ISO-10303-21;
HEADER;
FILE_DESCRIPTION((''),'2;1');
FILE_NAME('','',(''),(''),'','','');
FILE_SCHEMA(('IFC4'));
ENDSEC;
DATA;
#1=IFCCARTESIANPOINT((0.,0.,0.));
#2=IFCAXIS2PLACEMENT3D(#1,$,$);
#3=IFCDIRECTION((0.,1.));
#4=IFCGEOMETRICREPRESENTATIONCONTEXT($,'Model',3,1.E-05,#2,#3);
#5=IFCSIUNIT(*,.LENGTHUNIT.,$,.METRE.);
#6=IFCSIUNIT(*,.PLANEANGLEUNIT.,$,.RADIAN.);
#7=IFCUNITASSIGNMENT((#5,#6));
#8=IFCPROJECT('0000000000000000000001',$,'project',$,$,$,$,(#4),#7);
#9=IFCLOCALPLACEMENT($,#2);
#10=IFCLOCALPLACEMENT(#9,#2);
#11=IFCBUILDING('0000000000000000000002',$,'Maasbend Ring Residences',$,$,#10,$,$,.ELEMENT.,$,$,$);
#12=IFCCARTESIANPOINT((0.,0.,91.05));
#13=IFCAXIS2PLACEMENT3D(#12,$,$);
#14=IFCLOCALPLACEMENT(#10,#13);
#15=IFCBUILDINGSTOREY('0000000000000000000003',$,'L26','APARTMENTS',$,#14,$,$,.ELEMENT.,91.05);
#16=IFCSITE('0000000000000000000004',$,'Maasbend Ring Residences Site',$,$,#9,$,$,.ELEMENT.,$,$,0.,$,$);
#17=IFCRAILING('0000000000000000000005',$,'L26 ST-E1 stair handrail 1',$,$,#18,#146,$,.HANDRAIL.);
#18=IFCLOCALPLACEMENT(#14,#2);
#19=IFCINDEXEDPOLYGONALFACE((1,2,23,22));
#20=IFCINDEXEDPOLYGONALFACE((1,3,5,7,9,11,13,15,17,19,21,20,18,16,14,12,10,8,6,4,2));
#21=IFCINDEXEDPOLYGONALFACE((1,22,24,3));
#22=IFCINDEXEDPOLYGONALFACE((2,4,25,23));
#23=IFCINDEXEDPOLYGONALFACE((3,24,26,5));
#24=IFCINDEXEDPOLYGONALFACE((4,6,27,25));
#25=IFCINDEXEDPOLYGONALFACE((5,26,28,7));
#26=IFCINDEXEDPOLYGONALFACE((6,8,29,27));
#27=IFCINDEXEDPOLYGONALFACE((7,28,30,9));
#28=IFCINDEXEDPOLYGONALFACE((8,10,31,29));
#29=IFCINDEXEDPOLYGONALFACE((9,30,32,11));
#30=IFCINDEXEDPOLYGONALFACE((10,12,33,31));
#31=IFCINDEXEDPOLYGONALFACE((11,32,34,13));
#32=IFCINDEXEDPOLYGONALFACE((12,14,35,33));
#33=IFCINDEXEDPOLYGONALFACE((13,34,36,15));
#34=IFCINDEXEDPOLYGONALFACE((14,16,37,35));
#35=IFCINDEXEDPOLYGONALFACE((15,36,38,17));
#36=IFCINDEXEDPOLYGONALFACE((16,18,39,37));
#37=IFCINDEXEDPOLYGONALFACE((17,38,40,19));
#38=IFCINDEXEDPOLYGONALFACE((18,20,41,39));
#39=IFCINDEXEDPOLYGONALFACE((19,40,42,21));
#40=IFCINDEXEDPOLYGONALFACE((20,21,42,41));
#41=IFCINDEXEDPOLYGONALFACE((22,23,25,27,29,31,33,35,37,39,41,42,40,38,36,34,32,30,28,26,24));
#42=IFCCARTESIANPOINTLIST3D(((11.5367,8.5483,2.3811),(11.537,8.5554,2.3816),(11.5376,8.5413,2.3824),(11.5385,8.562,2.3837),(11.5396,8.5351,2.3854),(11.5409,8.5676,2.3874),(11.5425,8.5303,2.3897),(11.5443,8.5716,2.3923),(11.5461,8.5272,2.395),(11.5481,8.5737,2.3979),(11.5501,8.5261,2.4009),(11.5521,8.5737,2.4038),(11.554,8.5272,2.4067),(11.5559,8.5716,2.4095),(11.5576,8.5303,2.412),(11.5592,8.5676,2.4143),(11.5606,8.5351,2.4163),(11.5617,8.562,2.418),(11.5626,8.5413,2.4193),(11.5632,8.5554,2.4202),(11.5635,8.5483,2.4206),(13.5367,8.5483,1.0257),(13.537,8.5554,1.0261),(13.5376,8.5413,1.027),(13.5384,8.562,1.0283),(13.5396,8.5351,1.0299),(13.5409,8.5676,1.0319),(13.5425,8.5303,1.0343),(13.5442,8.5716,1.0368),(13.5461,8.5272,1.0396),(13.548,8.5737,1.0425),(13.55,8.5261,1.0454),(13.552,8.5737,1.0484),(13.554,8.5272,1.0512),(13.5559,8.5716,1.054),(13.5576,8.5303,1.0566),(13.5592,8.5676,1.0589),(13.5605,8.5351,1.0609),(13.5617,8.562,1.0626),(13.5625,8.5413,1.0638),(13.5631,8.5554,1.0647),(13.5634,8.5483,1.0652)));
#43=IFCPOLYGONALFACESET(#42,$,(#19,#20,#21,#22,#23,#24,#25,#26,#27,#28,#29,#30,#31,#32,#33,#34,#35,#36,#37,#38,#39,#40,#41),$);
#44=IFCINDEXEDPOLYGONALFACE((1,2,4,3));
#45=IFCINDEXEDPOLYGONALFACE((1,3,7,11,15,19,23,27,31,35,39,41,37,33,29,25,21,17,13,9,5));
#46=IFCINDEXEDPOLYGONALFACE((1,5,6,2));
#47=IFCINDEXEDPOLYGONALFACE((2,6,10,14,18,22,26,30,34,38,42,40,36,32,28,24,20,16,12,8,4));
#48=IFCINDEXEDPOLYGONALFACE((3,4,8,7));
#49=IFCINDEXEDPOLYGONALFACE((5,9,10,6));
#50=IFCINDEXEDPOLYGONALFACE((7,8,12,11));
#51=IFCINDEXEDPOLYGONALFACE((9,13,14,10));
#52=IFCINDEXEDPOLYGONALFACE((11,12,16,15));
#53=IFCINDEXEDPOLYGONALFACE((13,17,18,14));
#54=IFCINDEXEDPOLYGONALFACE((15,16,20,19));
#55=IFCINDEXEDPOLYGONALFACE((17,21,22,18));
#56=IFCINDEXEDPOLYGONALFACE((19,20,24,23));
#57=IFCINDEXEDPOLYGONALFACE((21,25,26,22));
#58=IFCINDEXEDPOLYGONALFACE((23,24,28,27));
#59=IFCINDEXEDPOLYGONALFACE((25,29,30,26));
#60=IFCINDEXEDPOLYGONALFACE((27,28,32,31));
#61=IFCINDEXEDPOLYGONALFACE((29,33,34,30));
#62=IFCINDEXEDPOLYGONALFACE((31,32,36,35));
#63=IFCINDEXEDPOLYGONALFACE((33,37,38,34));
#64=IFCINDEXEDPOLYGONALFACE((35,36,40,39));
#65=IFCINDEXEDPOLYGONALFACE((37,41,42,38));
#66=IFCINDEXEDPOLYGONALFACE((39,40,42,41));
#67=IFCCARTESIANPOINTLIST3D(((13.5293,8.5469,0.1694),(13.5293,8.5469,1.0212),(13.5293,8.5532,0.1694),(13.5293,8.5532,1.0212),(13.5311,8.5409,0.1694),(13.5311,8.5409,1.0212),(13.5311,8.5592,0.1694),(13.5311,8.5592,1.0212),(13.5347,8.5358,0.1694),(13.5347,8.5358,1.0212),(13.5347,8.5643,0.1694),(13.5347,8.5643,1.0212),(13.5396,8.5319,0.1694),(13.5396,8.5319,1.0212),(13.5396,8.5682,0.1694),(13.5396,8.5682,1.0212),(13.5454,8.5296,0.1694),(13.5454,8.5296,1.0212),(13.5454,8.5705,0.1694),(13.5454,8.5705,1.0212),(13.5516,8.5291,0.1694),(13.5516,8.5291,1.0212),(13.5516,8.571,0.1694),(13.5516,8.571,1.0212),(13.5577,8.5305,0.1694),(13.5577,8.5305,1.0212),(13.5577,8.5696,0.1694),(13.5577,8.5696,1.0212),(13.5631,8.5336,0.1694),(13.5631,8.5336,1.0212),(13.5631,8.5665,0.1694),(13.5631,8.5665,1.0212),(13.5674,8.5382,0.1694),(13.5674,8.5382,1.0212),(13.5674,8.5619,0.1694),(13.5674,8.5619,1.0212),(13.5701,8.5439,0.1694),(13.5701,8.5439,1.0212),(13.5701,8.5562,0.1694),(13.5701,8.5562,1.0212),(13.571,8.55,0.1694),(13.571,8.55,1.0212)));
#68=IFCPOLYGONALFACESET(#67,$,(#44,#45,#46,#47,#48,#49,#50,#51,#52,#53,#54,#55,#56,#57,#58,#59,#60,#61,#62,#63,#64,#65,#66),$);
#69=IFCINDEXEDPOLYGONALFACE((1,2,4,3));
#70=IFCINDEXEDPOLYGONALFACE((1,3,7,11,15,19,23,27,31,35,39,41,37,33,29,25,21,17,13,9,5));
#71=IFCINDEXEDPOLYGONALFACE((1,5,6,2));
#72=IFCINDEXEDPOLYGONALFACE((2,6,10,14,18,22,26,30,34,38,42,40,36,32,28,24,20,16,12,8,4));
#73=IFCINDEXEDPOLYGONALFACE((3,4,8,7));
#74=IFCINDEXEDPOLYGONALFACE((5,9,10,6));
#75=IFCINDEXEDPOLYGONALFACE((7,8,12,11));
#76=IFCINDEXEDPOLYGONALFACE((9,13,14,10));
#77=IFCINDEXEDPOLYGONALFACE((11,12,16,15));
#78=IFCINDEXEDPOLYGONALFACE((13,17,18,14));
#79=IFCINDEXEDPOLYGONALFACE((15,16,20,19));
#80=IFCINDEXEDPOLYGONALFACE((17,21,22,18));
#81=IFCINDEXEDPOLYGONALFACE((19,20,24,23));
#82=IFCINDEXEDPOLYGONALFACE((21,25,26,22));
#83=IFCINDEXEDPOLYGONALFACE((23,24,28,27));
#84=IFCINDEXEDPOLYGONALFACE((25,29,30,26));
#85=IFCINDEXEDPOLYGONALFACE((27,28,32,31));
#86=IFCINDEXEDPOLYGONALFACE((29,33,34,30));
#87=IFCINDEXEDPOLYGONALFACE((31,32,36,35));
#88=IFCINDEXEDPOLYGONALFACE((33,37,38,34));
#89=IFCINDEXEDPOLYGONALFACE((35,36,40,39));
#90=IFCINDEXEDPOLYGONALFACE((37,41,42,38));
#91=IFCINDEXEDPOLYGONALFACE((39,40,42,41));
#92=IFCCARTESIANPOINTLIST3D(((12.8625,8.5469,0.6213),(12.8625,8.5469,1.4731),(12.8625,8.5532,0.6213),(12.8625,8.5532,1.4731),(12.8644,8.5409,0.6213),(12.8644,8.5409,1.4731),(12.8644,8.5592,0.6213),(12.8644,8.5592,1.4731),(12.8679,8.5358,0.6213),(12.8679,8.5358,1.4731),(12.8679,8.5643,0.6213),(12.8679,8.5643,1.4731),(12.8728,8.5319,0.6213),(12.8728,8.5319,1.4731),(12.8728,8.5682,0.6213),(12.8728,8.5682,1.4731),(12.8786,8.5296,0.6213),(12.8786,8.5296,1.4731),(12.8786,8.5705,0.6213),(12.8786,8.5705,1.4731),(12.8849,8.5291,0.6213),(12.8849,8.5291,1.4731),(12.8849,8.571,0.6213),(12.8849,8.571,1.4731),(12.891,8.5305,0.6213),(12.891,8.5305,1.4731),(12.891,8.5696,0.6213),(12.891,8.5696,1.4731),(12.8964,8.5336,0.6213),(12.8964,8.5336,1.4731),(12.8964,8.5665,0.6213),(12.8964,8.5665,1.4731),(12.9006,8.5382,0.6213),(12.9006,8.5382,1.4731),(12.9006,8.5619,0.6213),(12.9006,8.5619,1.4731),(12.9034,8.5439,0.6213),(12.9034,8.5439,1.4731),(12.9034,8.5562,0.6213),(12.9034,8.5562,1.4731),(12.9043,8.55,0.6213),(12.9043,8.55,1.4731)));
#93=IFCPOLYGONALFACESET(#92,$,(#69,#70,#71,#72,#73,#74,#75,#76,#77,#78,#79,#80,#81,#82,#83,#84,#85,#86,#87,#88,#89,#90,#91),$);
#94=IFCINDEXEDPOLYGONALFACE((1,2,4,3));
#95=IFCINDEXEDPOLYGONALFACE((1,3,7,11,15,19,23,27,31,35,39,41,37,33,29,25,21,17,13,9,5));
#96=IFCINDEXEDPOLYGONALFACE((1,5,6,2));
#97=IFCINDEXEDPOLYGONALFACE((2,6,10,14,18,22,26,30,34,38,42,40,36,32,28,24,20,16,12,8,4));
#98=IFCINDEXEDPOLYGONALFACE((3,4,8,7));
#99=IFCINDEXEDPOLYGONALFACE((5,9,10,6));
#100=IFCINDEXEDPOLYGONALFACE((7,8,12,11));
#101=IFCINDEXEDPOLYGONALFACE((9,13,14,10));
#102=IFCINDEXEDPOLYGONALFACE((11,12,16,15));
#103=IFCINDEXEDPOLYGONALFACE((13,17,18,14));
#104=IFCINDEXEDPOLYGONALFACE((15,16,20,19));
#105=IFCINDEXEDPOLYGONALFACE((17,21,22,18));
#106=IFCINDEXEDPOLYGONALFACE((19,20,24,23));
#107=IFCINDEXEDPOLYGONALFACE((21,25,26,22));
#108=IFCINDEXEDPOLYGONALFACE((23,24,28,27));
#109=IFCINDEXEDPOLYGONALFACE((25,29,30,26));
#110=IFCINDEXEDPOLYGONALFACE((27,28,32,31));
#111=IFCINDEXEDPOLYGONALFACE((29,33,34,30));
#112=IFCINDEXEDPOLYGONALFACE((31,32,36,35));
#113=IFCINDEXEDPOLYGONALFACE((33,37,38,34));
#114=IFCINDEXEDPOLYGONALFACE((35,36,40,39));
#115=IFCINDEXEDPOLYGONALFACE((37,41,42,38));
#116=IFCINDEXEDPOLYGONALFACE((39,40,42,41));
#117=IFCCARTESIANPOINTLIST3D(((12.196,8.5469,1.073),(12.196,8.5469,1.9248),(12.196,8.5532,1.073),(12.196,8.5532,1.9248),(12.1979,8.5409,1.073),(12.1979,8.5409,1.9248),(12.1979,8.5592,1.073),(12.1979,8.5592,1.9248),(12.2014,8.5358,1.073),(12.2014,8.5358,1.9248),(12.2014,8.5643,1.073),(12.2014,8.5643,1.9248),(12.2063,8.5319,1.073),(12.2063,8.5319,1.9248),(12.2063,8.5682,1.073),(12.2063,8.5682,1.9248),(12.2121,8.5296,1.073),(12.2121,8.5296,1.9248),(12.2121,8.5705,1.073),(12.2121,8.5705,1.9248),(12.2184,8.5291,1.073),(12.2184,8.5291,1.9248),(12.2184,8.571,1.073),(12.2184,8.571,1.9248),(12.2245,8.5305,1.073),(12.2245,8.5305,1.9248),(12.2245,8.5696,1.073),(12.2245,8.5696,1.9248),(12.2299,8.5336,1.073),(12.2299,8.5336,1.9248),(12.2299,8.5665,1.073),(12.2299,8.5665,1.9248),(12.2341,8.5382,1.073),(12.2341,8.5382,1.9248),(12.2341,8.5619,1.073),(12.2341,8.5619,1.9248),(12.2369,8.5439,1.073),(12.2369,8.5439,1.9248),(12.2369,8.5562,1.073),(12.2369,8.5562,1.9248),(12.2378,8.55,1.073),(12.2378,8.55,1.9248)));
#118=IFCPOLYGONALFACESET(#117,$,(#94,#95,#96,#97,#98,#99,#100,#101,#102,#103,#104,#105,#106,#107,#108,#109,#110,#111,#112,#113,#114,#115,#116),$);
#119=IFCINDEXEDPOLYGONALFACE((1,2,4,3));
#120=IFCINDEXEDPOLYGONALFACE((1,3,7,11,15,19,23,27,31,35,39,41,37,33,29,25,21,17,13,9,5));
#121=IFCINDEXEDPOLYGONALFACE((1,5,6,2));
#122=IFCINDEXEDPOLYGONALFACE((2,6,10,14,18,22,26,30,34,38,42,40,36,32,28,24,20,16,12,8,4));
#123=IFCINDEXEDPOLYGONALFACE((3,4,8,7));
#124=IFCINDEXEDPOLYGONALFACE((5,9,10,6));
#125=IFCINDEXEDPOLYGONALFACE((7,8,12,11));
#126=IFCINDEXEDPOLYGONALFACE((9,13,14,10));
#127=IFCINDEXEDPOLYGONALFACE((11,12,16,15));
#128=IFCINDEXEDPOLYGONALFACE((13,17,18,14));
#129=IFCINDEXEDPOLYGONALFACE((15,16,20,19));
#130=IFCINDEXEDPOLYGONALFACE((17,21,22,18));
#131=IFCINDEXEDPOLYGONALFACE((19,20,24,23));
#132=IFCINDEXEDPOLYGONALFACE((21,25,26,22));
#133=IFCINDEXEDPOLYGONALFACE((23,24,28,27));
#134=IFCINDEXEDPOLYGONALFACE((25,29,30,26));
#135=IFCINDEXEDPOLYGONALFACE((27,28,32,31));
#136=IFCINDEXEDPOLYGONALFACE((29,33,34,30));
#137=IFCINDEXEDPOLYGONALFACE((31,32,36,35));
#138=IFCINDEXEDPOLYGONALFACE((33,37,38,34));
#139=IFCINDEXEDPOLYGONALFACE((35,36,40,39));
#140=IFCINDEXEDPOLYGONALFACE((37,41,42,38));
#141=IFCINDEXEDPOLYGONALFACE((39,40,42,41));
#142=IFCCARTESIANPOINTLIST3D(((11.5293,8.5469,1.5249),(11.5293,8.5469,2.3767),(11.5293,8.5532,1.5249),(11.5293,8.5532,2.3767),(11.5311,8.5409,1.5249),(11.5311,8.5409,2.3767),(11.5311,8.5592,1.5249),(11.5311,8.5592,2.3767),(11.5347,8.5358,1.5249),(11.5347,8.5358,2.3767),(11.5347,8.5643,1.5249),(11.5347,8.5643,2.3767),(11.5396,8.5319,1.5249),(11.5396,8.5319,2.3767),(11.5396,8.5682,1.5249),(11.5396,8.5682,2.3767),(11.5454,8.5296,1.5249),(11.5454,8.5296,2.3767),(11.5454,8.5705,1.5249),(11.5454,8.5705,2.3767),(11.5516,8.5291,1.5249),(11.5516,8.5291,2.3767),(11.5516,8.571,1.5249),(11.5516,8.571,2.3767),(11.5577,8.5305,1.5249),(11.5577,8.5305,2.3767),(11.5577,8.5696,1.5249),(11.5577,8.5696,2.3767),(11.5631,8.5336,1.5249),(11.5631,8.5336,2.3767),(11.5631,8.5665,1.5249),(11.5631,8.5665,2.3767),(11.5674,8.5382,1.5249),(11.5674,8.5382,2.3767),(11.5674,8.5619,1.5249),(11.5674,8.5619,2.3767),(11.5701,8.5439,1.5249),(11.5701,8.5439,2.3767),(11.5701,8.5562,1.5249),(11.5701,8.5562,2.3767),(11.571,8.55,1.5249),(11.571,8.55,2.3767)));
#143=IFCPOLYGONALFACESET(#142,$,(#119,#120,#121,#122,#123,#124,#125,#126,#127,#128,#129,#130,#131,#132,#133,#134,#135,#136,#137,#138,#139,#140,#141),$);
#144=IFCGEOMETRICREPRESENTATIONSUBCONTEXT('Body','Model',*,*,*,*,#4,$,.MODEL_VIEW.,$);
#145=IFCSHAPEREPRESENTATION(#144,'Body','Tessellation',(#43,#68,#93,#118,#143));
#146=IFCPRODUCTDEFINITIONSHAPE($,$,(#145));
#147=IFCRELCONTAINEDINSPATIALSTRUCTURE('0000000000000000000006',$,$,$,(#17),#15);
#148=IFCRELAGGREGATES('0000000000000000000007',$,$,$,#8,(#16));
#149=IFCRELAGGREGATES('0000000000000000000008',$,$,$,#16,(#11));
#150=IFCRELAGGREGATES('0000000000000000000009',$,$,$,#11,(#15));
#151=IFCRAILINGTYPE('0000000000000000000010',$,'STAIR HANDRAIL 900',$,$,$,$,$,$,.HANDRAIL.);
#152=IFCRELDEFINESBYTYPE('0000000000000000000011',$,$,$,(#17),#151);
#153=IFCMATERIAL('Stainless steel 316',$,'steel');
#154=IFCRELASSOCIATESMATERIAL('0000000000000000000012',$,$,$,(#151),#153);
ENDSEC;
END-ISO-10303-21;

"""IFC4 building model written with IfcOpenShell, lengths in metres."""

from ifc_helpers import new_model, si_unit, direction, frame, origin, origin_2d, place, context, subcontext, project, spatial, circle, extrude, material, type_object, element, save


model = new_model("IFC4")

# Units and contexts
model_context = context("Model", 3, precision=1e-05, world=origin(), true_north=direction((0.0, 1.0)))
body_context = subcontext(model_context, "Body", "Model", "MODEL_VIEW")
ifc_project = project(units=[si_unit("LENGTHUNIT", "METRE"), si_unit("PLANEANGLEUNIT", "RADIAN")], contexts=[model_context])

# Site, building, storey
site_placement = place(None, origin())
site = spatial("IfcSite", under=ifc_project, at=site_placement, Name="Maasbend Ring Residences Site", CompositionType="ELEMENT", RefElevation=0.0)
building_placement = place(site_placement, origin())
building = spatial("IfcBuilding", under=site, at=building_placement, Name="Maasbend Ring Residences", CompositionType="ELEMENT")
storey_placement = place(building_placement, frame((0.0, 0.0, 91.05)))
storey = spatial("IfcBuildingStorey", under=building, at=storey_placement, Name="L26", Description="APARTMENTS", CompositionType="ELEMENT", Elevation=91.05)

# Railing
ifc_material_1 = material(Name="Stainless steel 316", Category="steel")
railing_type_1 = type_object("IfcRailingType", Name="STAIR HANDRAIL 900", PredefinedType="HANDRAIL", material=ifc_material_1)
railing_1_placement = place(storey_placement, frame((13.55, 8.55, 0.1694)))
element("IfcRailing", 1, at=railing_1_placement, inside=storey, type_object=railing_type_1, Name="L26 ST-E1 stair handrail 1", PredefinedType="HANDRAIL", context=body_context, shape_type="SweptSolid", body=[
    extrude(circle(Radius=0.0239, at=origin_2d()), frame((0.0, 0.0, 0.876), z_axis=(-0.827798, 0.0, 0.561027), x_axis=(0.0, -1.0, 0.0)), (0.0, 0.0, 1.0), 2.416),
    extrude(circle(Radius=0.021, at=origin_2d()), origin(), (0.0, 0.0, 1.0), 0.8518),
    extrude(circle(Radius=0.021, at=origin_2d()), frame((-0.6667, 0.0, 0.4519)), (0.0, 0.0, 1.0), 0.8518),
    extrude(circle(Radius=0.021, at=origin_2d()), frame((-1.3333, 0.0, 0.9036)), (0.0, 0.0, 1.0), 0.8518),
    extrude(circle(Radius=0.021, at=origin_2d()), frame((-2.0, 0.0, 1.3555)), (0.0, 0.0, 1.0), 0.8518),
])

save(model, "model.ifc")
